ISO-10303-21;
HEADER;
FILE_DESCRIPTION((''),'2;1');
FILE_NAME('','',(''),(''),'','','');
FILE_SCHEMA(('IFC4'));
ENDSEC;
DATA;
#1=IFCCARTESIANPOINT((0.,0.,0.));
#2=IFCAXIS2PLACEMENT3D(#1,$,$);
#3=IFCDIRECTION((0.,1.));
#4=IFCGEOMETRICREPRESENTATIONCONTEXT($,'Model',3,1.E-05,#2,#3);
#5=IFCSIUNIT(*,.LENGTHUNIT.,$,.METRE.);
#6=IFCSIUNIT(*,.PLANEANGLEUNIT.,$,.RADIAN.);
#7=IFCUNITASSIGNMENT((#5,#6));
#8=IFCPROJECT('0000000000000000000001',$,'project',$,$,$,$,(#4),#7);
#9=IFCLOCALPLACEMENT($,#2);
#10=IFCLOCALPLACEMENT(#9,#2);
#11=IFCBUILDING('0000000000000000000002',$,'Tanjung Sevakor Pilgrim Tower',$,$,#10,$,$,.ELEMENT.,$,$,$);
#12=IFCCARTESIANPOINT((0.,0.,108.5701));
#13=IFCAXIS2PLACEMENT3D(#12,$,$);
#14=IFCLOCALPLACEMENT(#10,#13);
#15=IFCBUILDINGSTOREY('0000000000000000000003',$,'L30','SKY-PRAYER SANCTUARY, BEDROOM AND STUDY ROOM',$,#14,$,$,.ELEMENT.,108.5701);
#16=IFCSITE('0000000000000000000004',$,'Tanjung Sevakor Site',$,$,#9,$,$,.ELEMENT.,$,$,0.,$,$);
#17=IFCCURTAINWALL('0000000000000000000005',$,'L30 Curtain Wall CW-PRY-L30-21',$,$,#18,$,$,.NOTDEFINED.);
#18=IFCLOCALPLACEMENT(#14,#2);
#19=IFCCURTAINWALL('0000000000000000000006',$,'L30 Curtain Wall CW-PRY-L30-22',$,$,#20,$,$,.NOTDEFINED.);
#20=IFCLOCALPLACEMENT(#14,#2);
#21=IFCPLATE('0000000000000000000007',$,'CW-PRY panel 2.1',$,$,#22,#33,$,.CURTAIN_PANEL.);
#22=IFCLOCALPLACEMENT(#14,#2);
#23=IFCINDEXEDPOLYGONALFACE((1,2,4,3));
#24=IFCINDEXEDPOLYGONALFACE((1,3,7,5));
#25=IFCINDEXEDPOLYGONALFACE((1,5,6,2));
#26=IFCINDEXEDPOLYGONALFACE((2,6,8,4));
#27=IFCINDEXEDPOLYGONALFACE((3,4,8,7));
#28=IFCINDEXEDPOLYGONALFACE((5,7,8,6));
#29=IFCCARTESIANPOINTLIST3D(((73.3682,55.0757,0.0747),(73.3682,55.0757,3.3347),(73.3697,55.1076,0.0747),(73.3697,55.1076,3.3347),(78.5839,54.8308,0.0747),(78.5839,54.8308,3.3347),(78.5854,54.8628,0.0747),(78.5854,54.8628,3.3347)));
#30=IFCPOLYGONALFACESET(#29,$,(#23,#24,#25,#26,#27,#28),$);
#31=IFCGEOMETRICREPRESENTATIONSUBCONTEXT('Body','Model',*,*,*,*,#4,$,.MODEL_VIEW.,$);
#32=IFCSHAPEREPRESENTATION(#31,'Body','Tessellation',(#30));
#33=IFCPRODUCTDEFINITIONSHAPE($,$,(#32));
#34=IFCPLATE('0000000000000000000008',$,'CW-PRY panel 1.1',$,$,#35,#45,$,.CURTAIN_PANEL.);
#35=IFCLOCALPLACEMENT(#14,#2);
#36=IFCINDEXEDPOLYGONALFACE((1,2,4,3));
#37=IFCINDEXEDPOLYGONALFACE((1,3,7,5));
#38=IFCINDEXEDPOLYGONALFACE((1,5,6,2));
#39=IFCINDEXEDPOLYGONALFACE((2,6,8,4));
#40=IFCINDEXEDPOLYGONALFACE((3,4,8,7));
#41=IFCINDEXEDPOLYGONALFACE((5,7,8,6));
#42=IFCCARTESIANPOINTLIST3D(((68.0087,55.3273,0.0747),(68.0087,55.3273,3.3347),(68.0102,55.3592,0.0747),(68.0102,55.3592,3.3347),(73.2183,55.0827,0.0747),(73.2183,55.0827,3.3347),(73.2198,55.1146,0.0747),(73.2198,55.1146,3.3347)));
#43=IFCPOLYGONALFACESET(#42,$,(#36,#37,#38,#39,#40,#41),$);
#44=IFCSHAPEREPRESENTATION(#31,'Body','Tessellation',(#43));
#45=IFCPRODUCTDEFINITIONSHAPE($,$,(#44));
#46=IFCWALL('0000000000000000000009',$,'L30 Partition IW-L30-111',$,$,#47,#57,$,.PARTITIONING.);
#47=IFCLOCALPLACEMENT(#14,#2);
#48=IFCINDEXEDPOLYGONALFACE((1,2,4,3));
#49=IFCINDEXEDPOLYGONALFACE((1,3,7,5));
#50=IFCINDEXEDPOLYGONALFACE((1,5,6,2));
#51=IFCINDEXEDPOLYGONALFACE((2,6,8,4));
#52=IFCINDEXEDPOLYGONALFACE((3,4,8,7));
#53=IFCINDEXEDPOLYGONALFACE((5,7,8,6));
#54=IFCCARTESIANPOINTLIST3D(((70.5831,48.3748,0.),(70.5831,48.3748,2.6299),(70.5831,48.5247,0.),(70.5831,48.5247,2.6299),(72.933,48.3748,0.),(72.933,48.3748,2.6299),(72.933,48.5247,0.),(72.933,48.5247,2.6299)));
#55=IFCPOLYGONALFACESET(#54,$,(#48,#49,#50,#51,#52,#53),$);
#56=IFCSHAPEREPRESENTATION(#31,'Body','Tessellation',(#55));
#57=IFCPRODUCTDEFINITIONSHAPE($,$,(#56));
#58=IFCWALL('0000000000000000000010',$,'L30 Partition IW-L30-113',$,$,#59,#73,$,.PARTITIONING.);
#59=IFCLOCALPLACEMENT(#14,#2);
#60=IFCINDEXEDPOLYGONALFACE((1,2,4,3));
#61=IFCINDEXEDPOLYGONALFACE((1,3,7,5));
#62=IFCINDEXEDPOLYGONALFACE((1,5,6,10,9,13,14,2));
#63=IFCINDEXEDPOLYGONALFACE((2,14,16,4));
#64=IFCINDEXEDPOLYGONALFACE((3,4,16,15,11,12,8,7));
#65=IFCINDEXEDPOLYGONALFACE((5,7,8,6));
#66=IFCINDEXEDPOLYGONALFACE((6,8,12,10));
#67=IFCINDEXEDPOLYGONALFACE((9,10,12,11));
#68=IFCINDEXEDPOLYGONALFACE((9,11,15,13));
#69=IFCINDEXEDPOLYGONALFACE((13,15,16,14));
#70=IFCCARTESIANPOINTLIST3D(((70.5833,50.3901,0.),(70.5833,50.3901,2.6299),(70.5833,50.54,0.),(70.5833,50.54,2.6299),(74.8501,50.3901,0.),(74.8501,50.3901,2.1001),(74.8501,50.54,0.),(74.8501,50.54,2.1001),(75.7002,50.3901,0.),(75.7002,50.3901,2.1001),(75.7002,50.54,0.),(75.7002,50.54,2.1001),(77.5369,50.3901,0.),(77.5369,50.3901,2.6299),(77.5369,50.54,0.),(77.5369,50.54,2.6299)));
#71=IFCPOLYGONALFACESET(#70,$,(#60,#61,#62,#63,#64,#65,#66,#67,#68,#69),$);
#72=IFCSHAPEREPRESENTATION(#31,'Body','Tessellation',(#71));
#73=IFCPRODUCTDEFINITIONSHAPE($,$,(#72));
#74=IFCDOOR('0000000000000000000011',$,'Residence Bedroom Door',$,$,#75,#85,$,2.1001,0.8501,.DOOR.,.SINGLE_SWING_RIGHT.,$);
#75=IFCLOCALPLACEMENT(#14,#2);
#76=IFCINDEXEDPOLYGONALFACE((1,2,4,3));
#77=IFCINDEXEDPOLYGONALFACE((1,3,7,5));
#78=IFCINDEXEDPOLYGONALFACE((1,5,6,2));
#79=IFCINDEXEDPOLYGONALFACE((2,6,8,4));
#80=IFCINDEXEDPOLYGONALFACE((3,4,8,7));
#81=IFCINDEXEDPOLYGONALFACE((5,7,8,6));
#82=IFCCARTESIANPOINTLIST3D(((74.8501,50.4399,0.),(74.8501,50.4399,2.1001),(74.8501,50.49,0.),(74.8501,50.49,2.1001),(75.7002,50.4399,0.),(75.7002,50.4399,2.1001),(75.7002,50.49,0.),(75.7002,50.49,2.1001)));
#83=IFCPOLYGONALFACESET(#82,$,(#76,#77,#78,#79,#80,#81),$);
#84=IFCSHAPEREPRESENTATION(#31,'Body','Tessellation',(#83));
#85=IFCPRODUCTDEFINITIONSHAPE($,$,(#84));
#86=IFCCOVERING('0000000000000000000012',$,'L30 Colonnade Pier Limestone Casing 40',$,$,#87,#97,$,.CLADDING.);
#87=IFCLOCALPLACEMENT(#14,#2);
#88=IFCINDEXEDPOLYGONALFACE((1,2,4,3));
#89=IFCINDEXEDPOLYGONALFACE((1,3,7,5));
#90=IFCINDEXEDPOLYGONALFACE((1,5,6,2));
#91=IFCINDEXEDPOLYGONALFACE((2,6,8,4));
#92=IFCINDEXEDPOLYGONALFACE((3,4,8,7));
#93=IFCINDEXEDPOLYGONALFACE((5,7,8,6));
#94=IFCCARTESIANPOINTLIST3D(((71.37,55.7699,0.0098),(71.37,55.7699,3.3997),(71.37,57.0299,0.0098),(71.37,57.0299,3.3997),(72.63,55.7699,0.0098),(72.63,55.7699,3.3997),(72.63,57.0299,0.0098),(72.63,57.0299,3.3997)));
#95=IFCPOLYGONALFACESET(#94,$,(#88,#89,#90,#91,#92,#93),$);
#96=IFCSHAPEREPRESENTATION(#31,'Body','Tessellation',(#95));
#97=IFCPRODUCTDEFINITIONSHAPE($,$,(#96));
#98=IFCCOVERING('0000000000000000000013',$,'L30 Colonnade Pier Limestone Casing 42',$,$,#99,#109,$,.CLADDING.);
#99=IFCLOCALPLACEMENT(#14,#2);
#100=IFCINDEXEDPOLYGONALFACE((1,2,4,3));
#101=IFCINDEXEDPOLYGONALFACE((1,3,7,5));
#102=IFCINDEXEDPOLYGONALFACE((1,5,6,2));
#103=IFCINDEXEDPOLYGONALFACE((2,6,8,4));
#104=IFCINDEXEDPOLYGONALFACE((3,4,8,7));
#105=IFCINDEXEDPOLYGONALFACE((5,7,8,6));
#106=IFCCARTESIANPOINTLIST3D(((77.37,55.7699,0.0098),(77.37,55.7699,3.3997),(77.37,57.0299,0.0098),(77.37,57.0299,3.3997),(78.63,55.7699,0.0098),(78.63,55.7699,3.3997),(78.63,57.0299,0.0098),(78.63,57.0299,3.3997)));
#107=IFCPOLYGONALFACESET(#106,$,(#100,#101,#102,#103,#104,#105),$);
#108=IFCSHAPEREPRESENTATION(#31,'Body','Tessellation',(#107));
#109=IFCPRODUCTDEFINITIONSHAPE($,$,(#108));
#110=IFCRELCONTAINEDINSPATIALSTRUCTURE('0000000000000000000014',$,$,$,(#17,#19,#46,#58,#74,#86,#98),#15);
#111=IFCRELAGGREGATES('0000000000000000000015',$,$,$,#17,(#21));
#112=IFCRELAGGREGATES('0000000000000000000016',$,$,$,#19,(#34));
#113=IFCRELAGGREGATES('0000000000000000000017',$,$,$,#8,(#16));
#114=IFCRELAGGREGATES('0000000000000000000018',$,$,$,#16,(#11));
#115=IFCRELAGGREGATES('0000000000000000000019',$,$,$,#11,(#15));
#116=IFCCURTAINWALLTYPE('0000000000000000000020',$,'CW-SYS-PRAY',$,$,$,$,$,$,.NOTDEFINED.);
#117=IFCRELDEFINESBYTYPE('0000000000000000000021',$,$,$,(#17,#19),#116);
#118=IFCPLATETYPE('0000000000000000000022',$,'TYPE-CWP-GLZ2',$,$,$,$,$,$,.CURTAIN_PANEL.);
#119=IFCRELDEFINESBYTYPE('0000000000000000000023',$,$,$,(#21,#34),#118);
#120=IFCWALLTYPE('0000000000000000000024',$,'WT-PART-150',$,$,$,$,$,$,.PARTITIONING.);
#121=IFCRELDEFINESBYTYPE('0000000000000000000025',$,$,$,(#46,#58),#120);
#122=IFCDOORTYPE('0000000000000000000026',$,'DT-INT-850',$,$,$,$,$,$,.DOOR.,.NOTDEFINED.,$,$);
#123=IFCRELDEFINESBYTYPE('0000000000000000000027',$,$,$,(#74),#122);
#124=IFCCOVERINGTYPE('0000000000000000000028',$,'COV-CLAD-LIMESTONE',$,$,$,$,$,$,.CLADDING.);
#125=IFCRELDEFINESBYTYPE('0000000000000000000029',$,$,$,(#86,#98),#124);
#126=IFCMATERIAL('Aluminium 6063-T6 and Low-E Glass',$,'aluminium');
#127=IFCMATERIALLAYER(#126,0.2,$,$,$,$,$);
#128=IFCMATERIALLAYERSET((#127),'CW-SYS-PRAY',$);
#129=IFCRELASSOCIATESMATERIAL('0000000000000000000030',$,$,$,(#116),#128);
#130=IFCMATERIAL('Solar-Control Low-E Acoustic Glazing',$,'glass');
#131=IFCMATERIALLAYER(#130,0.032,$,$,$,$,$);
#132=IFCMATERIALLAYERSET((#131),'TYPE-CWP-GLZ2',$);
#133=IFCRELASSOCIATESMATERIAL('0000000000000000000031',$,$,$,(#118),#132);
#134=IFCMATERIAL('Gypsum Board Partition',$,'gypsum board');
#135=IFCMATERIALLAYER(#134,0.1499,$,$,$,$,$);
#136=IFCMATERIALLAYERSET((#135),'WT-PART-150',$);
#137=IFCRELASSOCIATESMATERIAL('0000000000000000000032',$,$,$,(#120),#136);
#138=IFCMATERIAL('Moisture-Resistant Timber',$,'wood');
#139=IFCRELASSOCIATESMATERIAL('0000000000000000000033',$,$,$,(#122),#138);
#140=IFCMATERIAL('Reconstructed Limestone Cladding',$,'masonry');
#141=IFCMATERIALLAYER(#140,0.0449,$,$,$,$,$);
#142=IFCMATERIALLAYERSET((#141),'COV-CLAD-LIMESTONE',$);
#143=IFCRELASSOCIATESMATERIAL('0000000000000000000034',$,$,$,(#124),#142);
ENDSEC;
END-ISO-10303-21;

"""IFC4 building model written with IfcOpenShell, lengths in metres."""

from ifc_helpers import new_model, si_unit, direction, frame, frame_2d, origin, origin_2d, place, context, subcontext, project, spatial, rectangle, extrude, material, layer, layer_set, type_object, element, fill, aggregate, save


model = new_model("IFC4")

# Units and contexts
model_context = context("Model", 3, precision=1e-05, world=origin(), true_north=direction((0.0, 1.0)))
body_context = subcontext(model_context, "Body", "Model", "MODEL_VIEW")
ifc_project = project(units=[si_unit("LENGTHUNIT", "METRE"), si_unit("PLANEANGLEUNIT", "RADIAN")], contexts=[model_context])

# Site, building, storey
site_placement = place(None, origin())
site = spatial("IfcSite", under=ifc_project, at=site_placement, Name="Tanjung Sevakor Site", CompositionType="ELEMENT", RefElevation=0.0)
building_placement = place(site_placement, origin())
building = spatial("IfcBuilding", under=site, at=building_placement, Name="Tanjung Sevakor Pilgrim Tower", CompositionType="ELEMENT")
storey_placement = place(building_placement, frame((0.0, 0.0, 108.5701)))
storey = spatial("IfcBuildingStorey", under=building, at=storey_placement, Name="L30", Description="SKY-PRAYER SANCTUARY, BEDROOM AND STUDY ROOM", CompositionType="ELEMENT", Elevation=108.5701)

# Curtain wall
ifc_material_1 = material(Name="Aluminium 6063-T6 and Low-E Glass", Category="aluminium")
ifc_layer_1 = layer(ifc_material_1, 0.2)
ifc_layer_set_1 = layer_set([ifc_layer_1], Name="CW-SYS-PRAY")
curtain_wall_type = type_object("IfcCurtainWallType", Name="CW-SYS-PRAY", PredefinedType="NOTDEFINED", material=ifc_layer_set_1)
curtain_wall_1_placement = place(storey_placement, origin())
curtain_wall_1 = element("IfcCurtainWall", 1, at=curtain_wall_1_placement, inside=storey, type_object=curtain_wall_type, Name="L30 Curtain Wall CW-PRY-L30-21", PredefinedType="NOTDEFINED")

# Curtain wall
curtain_wall_2_placement = place(storey_placement, origin())
curtain_wall_2 = element("IfcCurtainWall", 2, at=curtain_wall_2_placement, inside=storey, type_object=curtain_wall_type, Name="L30 Curtain Wall CW-PRY-L30-22", PredefinedType="NOTDEFINED")

# Plates
ifc_material_2 = material(Name="Solar-Control Low-E Acoustic Glazing", Category="glass")
ifc_layer_2 = layer(ifc_material_2, 0.032)
ifc_layer_set_2 = layer_set([ifc_layer_2], Name="TYPE-CWP-GLZ2")
plate_type = type_object("IfcPlateType", Name="TYPE-CWP-GLZ2", PredefinedType="CURTAIN_PANEL", material=ifc_layer_set_2)
plate_1_placement = place(storey_placement, frame((75.9768, 54.9692, 0.0747), z_axis=(0.0, 0.0, 1.0), x_axis=(-0.9989, 0.046889, 0.0)))
plate_1 = element("IfcPlate", 3, at=plate_1_placement, type_object=plate_type, Name="CW-PRY panel 2.1", PredefinedType="CURTAIN_PANEL", context=body_context, shape_type="SweptSolid", body=[
    extrude(rectangle(XDim=5.2214, YDim=0.032, at=origin_2d()), origin(), (0.0, 0.0, 1.0), 3.26),
])
aggregate(curtain_wall_1, [plate_1])
plate_2_placement = place(storey_placement, frame((70.6143, 55.2209, 0.0747), z_axis=(0.0, 0.0, 1.0), x_axis=(-0.998899, 0.046904, 0.0)))
plate_2 = element("IfcPlate", 4, at=plate_2_placement, type_object=plate_type, Name="CW-PRY panel 1.1", PredefinedType="CURTAIN_PANEL", context=body_context, shape_type="SweptSolid", body=[
    extrude(rectangle(XDim=5.2153, YDim=0.032, at=origin_2d()), origin(), (0.0, 0.0, 1.0), 3.26),
])
aggregate(curtain_wall_2, [plate_2])

# Wall
ifc_material_3 = material(Name="Gypsum Board Partition", Category="gypsum board")
ifc_layer_3 = layer(ifc_material_3, 0.1499)
ifc_layer_set_3 = layer_set([ifc_layer_3], Name="WT-PART-150")
wall_type = type_object("IfcWallType", Name="WT-PART-150", PredefinedType="PARTITIONING", material=ifc_layer_set_3)
wall_1_placement = place(storey_placement, frame((70.5833, 48.4497, 0.0), z_axis=(0.0, 0.0, 1.0), x_axis=(1.0, 0.0, 0.0)))
element("IfcWall", 5, at=wall_1_placement, inside=storey, type_object=wall_type, Name="L30 Partition IW-L30-111", PredefinedType="PARTITIONING", context=body_context, shape_type="SweptSolid", body=[
    extrude(rectangle(XDim=2.3499, YDim=0.1499, at=frame_2d((1.1748, 0.0))), origin(), (0.0, 0.0, 1.0), 2.6299),
])

# Wall, opening, door
wall_2_placement = place(storey_placement, frame((70.5833, 50.4651, 0.0), z_axis=(0.0, 0.0, 1.0), x_axis=(1.0, 0.0, 0.0)))
wall_2 = element("IfcWall", 6, at=wall_2_placement, inside=storey, type_object=wall_type, Name="L30 Partition IW-L30-113", PredefinedType="PARTITIONING", context=body_context, shape_type="SweptSolid", body=[
    extrude(rectangle(XDim=6.9536, YDim=0.1499, at=frame_2d((3.4768, 0.0))), origin(), (0.0, 0.0, 1.0), 2.6299),
])
opening_placement = place(wall_2_placement, frame((4.2668, 0.0, 0.0)))
opening = element("IfcOpeningElement", 7, at=opening_placement, cuts=wall_2, PredefinedType="OPENING", context=body_context, shape_type="SweptSolid", body=[
    extrude(rectangle(XDim=0.8501, YDim=2.1001, at=frame_2d((0.425, 1.05))), frame((0.0, 0.085, 0.0), z_axis=(0.0, -1.0, 0.0), x_axis=(1.0, 0.0, 0.0)), (0.0, 0.0, 1.0), 0.1699),
])
ifc_material_4 = material(Name="Moisture-Resistant Timber", Category="wood")
door_type = type_object("IfcDoorType", Name="DT-INT-850", OperationType="NOTDEFINED", PredefinedType="DOOR", material=ifc_material_4)
door_placement = place(opening_placement, origin())
door = element("IfcDoor", 8, at=door_placement, inside=storey, type_object=door_type, Name="Residence Bedroom Door", OperationType="SINGLE_SWING_RIGHT", OverallHeight=2.1001, OverallWidth=0.8501, PredefinedType="DOOR", context=body_context, shape_type="SweptSolid", body=[
    extrude(rectangle(XDim=0.8501, YDim=2.1001, at=frame_2d((0.425, 1.05))), frame((0.0, 0.0249, 0.0), z_axis=(0.0, -1.0, 0.0), x_axis=(1.0, 0.0, 0.0)), (0.0, 0.0, 1.0), 0.05),
])
fill(opening, door)

# Coverings
ifc_material_5 = material(Name="Reconstructed Limestone Cladding", Category="masonry")
ifc_layer_4 = layer(ifc_material_5, 0.0449)
ifc_layer_set_4 = layer_set([ifc_layer_4], Name="COV-CLAD-LIMESTONE")
covering_type = type_object("IfcCoveringType", Name="COV-CLAD-LIMESTONE", PredefinedType="CLADDING", material=ifc_layer_set_4)
for number, where, z_axis, x_axis, name in (
    (9, (72.0, 56.3999, 0.0098), (0.0, 0.0, 1.0), (1.0, 0.0, 0.0), "L30 Colonnade Pier Limestone Casing 40"),
    (10, (78.0, 56.3999, 0.0098), (0.0, 0.0, 1.0), (1.0, 0.0, 0.0), "L30 Colonnade Pier Limestone Casing 42"),
):
    element("IfcCovering", number, at=place(storey_placement, frame(where, z_axis=z_axis, x_axis=x_axis)), inside=storey, type_object=covering_type, Name=name, PredefinedType="CLADDING", context=body_context, shape_type="SweptSolid", body=[
        extrude(rectangle(XDim=1.26, YDim=1.26, at=origin_2d()), origin(), (0.0, 0.0, 1.0), 3.3899),
    ])

save(model, "model.ifc")
